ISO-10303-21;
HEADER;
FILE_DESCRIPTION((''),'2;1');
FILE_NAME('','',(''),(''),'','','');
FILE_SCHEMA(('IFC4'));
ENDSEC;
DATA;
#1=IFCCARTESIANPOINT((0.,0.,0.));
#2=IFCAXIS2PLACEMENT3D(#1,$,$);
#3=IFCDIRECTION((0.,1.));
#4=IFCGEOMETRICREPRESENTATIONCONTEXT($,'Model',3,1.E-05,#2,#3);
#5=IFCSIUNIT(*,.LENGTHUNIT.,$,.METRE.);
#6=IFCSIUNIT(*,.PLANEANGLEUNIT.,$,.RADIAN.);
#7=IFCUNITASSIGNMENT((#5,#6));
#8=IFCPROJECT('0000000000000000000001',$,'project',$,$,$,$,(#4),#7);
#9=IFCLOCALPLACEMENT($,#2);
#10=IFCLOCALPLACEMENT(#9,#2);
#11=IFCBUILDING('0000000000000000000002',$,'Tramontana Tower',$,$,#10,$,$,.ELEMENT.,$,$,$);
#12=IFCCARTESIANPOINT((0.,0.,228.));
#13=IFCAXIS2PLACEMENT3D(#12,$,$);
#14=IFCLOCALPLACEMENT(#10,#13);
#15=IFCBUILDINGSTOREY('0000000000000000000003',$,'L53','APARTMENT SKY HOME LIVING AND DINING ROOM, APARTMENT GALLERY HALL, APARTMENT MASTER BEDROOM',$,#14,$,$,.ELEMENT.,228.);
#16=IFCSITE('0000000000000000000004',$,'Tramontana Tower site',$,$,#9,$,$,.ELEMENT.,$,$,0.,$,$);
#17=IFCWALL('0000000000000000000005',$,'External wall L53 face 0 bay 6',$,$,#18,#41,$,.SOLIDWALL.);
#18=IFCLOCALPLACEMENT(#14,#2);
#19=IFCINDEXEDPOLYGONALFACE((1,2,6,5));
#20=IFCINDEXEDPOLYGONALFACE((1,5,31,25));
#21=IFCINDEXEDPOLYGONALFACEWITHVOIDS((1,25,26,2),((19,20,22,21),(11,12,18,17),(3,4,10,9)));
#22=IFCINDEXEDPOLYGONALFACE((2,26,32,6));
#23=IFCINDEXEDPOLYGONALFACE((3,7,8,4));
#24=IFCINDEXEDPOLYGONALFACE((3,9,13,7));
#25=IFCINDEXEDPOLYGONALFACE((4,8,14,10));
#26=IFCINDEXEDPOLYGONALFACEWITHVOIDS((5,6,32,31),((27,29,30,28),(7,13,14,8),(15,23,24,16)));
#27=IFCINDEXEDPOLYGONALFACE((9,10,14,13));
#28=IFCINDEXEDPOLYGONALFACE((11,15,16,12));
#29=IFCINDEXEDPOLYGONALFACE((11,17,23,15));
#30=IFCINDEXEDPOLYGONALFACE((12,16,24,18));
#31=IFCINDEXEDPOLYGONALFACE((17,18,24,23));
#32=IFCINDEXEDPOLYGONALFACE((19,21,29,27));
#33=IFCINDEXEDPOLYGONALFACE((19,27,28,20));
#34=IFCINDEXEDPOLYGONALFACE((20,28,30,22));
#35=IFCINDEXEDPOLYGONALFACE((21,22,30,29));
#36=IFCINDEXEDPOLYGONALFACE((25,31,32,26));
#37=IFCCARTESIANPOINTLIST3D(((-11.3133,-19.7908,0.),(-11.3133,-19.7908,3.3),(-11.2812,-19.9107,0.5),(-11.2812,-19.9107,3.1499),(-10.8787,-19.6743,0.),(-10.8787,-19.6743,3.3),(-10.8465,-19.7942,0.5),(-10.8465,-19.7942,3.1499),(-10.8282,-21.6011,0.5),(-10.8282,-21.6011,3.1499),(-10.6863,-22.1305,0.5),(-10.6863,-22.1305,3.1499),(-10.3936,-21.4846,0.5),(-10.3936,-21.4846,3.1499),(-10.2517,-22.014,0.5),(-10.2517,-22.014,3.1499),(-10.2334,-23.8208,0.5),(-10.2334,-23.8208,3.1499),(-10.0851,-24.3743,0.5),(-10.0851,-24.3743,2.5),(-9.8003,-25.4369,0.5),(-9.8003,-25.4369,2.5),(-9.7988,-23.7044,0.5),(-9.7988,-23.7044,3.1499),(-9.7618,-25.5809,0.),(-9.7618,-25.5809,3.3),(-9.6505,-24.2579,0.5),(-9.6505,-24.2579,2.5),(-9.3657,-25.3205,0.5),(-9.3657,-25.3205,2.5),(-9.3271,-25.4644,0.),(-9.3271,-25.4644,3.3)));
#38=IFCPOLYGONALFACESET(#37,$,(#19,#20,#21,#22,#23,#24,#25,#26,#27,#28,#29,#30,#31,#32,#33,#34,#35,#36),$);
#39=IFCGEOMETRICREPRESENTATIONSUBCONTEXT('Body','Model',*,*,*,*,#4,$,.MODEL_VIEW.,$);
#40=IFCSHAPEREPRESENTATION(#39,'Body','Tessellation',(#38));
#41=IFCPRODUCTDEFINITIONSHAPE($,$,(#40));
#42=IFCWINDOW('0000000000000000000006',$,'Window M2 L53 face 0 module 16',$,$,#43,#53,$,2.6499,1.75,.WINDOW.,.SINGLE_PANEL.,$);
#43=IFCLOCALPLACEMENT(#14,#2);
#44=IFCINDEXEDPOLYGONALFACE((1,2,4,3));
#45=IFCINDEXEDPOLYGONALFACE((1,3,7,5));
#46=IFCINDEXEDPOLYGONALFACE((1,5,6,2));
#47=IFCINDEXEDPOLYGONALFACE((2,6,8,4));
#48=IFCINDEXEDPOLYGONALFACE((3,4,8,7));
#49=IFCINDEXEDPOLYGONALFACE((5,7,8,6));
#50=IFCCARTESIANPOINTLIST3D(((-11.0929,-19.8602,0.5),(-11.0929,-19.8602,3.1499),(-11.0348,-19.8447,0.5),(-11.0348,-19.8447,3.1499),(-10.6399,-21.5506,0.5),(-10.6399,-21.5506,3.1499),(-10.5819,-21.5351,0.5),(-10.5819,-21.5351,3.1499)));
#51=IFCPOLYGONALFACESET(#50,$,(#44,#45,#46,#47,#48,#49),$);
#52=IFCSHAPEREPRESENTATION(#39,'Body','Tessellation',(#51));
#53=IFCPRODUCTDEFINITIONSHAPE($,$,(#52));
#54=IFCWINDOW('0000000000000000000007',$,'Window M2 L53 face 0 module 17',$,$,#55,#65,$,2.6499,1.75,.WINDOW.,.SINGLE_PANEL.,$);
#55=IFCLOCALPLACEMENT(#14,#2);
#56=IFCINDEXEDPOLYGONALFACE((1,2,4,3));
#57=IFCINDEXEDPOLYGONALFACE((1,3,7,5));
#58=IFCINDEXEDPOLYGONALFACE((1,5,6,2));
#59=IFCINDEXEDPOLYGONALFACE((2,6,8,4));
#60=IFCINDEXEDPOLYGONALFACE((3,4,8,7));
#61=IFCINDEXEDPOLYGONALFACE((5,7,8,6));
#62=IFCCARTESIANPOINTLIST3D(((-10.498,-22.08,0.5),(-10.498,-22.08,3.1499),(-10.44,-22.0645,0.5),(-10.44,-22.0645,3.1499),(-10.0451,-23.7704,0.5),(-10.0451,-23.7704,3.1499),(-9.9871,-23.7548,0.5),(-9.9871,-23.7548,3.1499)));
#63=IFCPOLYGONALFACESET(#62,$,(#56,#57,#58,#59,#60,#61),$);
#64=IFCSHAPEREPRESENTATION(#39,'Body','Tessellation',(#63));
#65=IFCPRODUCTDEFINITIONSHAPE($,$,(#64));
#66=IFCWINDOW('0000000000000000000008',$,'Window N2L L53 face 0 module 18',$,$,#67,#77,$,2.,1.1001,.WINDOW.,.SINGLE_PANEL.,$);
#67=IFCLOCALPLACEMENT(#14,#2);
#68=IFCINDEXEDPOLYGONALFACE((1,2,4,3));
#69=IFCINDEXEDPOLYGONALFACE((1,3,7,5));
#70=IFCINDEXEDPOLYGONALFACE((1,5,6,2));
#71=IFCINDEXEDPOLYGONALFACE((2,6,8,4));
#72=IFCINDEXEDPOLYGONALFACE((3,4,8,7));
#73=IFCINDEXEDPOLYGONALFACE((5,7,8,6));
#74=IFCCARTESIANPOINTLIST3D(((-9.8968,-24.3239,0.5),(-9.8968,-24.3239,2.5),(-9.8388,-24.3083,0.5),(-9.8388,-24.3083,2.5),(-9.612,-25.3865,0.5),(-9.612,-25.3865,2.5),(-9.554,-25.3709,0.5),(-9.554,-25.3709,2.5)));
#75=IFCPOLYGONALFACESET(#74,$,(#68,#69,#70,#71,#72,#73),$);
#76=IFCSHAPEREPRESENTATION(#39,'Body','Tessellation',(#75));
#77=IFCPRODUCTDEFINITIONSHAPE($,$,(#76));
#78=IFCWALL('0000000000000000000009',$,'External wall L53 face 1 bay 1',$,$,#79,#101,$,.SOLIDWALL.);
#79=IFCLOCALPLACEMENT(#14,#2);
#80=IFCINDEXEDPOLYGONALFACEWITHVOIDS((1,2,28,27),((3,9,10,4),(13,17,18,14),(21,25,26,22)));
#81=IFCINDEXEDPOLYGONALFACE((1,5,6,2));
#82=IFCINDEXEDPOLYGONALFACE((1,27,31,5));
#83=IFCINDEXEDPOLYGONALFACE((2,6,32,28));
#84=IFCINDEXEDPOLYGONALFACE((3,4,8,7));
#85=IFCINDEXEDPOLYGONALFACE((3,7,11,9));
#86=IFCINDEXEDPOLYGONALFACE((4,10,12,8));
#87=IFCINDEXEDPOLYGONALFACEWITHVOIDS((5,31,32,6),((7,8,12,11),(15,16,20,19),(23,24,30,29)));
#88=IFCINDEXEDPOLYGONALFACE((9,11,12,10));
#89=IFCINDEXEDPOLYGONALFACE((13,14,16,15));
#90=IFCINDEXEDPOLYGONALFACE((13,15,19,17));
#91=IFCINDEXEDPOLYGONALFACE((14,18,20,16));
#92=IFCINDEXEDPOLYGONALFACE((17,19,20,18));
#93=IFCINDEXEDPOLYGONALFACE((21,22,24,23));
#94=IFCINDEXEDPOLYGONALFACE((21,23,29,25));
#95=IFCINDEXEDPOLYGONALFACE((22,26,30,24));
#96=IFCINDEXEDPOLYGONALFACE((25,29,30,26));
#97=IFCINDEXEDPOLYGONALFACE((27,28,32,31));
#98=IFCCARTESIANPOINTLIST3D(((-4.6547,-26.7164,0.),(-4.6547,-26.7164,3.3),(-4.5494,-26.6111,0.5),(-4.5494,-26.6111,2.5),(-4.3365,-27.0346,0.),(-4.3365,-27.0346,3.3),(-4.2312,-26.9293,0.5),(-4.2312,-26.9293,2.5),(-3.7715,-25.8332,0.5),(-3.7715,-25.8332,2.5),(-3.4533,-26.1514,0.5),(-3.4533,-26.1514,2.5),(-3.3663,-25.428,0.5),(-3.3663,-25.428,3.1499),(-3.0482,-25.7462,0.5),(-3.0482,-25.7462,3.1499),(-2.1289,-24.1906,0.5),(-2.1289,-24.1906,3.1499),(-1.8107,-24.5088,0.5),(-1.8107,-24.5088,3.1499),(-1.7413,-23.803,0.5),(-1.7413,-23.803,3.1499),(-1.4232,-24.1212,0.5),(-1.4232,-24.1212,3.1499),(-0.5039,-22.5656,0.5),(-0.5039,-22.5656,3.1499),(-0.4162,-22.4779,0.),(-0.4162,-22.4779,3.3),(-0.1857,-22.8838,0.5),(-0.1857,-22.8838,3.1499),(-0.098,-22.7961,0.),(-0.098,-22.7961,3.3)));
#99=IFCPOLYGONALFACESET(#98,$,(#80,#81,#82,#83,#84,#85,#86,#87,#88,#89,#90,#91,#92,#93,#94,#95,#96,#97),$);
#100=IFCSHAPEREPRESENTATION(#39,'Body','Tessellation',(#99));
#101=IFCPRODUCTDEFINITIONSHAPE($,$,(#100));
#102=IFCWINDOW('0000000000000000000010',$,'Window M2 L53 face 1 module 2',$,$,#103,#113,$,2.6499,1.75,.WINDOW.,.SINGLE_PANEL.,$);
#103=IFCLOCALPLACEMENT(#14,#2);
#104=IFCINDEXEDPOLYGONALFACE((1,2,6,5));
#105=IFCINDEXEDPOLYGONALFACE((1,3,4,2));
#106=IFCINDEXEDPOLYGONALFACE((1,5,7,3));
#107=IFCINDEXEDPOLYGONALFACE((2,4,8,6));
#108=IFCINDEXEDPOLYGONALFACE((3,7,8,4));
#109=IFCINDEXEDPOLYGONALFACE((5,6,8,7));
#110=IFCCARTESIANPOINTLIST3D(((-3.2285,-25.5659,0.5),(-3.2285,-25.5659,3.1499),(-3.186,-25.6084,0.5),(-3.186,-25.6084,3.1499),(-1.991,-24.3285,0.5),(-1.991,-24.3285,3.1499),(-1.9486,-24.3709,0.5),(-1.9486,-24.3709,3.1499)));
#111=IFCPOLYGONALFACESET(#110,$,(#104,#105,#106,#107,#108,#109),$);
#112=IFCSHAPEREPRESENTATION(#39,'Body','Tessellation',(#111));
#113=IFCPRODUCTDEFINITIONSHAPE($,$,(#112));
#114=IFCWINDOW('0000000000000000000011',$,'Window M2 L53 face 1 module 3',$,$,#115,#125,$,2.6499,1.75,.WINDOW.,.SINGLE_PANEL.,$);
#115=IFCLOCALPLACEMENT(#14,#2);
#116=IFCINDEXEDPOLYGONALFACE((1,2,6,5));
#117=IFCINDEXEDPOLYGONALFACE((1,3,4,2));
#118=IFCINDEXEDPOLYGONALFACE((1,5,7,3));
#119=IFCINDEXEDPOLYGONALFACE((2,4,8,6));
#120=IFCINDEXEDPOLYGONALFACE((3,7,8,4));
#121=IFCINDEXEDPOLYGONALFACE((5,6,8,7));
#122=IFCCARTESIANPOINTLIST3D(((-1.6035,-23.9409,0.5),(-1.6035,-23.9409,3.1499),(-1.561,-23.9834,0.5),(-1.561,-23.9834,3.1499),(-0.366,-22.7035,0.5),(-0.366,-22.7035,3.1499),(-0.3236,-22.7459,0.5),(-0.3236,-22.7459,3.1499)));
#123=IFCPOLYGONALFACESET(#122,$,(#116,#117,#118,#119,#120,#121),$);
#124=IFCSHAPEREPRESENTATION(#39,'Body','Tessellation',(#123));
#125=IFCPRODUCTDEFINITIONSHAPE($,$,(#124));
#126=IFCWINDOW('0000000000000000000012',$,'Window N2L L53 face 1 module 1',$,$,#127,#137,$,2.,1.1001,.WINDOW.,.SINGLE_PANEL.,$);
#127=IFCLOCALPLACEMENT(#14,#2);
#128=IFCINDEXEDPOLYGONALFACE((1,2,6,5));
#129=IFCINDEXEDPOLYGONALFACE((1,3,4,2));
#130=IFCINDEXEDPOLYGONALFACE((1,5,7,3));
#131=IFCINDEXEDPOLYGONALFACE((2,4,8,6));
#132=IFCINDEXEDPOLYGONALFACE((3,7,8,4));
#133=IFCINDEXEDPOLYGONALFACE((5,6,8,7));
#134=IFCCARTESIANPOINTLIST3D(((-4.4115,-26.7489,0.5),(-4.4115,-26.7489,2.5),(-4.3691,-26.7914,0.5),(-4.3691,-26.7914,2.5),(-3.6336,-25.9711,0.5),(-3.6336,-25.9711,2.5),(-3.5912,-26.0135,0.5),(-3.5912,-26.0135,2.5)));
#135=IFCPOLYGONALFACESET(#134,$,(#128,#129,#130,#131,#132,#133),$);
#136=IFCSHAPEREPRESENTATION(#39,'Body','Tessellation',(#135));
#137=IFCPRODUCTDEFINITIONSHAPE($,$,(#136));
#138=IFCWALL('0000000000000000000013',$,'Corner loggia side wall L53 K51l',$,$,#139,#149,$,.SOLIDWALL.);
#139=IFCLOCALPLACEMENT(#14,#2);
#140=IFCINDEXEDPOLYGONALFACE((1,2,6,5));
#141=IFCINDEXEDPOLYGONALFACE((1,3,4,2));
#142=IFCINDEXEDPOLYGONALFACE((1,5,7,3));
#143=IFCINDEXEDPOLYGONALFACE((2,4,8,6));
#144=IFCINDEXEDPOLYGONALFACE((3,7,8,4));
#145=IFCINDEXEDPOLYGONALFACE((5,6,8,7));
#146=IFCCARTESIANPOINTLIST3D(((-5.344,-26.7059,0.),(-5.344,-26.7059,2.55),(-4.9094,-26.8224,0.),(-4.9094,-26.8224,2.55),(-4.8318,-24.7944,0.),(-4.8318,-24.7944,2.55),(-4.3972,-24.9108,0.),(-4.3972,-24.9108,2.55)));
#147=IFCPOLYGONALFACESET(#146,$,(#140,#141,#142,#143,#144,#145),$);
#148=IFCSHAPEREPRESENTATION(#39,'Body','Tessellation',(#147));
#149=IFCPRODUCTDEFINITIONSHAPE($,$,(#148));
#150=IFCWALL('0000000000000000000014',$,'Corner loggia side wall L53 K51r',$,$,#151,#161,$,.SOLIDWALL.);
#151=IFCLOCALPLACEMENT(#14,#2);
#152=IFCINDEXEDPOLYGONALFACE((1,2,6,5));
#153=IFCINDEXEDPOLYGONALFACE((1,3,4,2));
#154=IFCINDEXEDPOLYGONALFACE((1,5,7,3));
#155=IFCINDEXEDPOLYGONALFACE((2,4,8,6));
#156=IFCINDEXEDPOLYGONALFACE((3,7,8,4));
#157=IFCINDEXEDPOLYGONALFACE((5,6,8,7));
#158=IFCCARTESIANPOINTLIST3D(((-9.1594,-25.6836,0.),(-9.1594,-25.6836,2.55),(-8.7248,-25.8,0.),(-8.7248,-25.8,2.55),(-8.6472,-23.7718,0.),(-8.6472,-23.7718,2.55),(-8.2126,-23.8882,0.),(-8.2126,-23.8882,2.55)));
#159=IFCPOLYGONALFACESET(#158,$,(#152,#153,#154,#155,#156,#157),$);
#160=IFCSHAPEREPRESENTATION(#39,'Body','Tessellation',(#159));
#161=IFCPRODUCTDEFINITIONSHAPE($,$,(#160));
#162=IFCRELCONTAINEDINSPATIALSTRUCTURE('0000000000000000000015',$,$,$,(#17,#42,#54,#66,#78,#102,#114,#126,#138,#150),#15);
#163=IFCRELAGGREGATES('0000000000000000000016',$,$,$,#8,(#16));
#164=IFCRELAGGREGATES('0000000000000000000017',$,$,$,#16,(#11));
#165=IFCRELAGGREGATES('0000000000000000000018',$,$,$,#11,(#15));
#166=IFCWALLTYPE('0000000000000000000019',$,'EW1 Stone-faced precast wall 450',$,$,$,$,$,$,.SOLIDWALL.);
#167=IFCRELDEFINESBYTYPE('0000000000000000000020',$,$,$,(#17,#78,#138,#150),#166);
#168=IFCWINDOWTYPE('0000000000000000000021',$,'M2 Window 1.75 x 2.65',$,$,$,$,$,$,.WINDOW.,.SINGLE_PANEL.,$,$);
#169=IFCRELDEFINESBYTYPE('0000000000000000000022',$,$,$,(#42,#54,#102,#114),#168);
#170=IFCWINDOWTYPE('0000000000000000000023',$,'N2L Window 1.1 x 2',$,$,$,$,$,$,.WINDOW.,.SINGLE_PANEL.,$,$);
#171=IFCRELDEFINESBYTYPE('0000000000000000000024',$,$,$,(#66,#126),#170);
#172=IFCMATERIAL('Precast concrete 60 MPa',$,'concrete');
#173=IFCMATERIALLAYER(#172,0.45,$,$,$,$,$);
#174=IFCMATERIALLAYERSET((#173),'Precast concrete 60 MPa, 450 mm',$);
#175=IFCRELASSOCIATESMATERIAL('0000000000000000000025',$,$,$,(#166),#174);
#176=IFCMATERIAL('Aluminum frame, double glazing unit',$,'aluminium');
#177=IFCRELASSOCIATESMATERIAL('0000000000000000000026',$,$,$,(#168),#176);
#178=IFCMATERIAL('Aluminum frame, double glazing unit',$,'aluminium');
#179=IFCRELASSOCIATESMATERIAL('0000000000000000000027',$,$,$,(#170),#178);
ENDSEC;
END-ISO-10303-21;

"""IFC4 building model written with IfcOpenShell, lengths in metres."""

from ifc_helpers import new_model, si_unit, direction, frame, frame_2d, origin, place, context, subcontext, project, spatial, rectangle, extrude, material, layer, layer_set, type_object, element, fill, save


model = new_model("IFC4")

# Units and contexts
model_context = context("Model", 3, precision=1e-05, world=origin(), true_north=direction((0.0, 1.0)))
body_context = subcontext(model_context, "Body", "Model", "MODEL_VIEW")
ifc_project = project(units=[si_unit("LENGTHUNIT", "METRE"), si_unit("PLANEANGLEUNIT", "RADIAN")], contexts=[model_context])

# Site, building, storey
site_placement = place(None, origin())
site = spatial("IfcSite", under=ifc_project, at=site_placement, Name="Tramontana Tower site", CompositionType="ELEMENT", RefElevation=0.0)
building_placement = place(site_placement, origin())
building = spatial("IfcBuilding", under=site, at=building_placement, Name="Tramontana Tower", CompositionType="ELEMENT")
storey_placement = place(building_placement, frame((0.0, 0.0, 228.0)))
storey = spatial("IfcBuildingStorey", under=building, at=storey_placement, Name="L53", Description="APARTMENT SKY HOME LIVING AND DINING ROOM, APARTMENT GALLERY HALL, APARTMENT MASTER BEDROOM", CompositionType="ELEMENT", Elevation=228.0)

# Walls, openings, windows
ifc_material_1 = material(Name="Precast concrete 60 MPa", Category="concrete")
ifc_layer_1 = layer(ifc_material_1, 0.45)
ifc_layer_set_1 = layer_set([ifc_layer_1], Name="Precast concrete 60 MPa, 450 mm")
wall_type_1 = type_object("IfcWallType", Name="EW1 Stone-faced precast wall 450", PredefinedType="SOLIDWALL", material=ifc_layer_set_1)
wall_1_placement = place(storey_placement, frame((-11.0959, -19.7327, 0.0), z_axis=(0.0, 0.0, 1.0), x_axis=(0.258831, -0.965923, 0.0)))
wall_1 = element("IfcWall", 1, at=wall_1_placement, inside=storey, type_object=wall_type_1, Name="External wall L53 face 0 bay 6", PredefinedType="SOLIDWALL", context=body_context, shape_type="SweptSolid", body=[
    extrude(rectangle(XDim=5.9944, YDim=0.45, at=frame_2d((2.9971, 0.0))), origin(), (0.0, 0.0, 1.0), 3.3),
])
opening_1_placement = place(wall_1_placement, frame((0.124, 0.0, 0.5)))
opening_1 = element("IfcOpeningElement", 2, at=opening_1_placement, cuts=wall_1, PredefinedType="OPENING", context=body_context, shape_type="SweptSolid", body=[
    extrude(rectangle(XDim=1.75, YDim=2.6499, at=frame_2d((0.875, 1.325))), frame((0.0, 0.2349, 0.0), z_axis=(0.0, -1.0, 0.0), x_axis=(1.0, 0.0, 0.0)), (0.0, 0.0, 1.0), 0.47),
])
opening_2_placement = place(wall_1_placement, frame((2.4221, 0.0, 0.5)))
opening_2 = element("IfcOpeningElement", 3, at=opening_2_placement, cuts=wall_1, PredefinedType="OPENING", context=body_context, shape_type="SweptSolid", body=[
    extrude(rectangle(XDim=1.75, YDim=2.6499, at=frame_2d((0.875, 1.325))), frame((0.0, 0.2349, 0.0), z_axis=(0.0, -1.0, 0.0), x_axis=(1.0, 0.0, 0.0)), (0.0, 0.0, 1.0), 0.47),
])
opening_3_placement = place(wall_1_placement, frame((4.7451, 0.0, 0.5)))
opening_3 = element("IfcOpeningElement", 4, at=opening_3_placement, cuts=wall_1, PredefinedType="OPENING", context=body_context, shape_type="SweptSolid", body=[
    extrude(rectangle(XDim=1.1001, YDim=2.0, at=frame_2d((0.55, 1.0))), frame((0.0, 0.2349, 0.0), z_axis=(0.0, -1.0, 0.0), x_axis=(1.0, 0.0, 0.0)), (0.0, 0.0, 1.0), 0.47),
])
ifc_material_2 = material(Name="Aluminum frame, double glazing unit", Category="aluminium")
window_type_1 = type_object("IfcWindowType", Name="M2 Window 1.75 x 2.65", PartitioningType="SINGLE_PANEL", PredefinedType="WINDOW", material=ifc_material_2)
window_1_placement = place(opening_1_placement, origin())
window_1 = element("IfcWindow", 5, at=window_1_placement, inside=storey, type_object=window_type_1, Name="Window M2 L53 face 0 module 16", OverallHeight=2.6499, OverallWidth=1.75, PartitioningType="SINGLE_PANEL", PredefinedType="WINDOW", context=body_context, shape_type="SweptSolid", body=[
    extrude(rectangle(XDim=1.75, YDim=2.6499, at=frame_2d((0.875, 1.325))), frame((0.0, 0.03, 0.0), z_axis=(0.0, -1.0, 0.0), x_axis=(1.0, 0.0, 0.0)), (0.0, 0.0, 1.0), 0.0601),
])
fill(opening_1, window_1)
window_2_placement = place(opening_2_placement, origin())
window_2 = element("IfcWindow", 6, at=window_2_placement, inside=storey, type_object=window_type_1, Name="Window M2 L53 face 0 module 17", OverallHeight=2.6499, OverallWidth=1.75, PartitioningType="SINGLE_PANEL", PredefinedType="WINDOW", context=body_context, shape_type="SweptSolid", body=[
    extrude(rectangle(XDim=1.75, YDim=2.6499, at=frame_2d((0.875, 1.325))), frame((0.0, 0.03, 0.0), z_axis=(0.0, -1.0, 0.0), x_axis=(1.0, 0.0, 0.0)), (0.0, 0.0, 1.0), 0.0601),
])
fill(opening_2, window_2)
ifc_material_3 = material(Name="Aluminum frame, double glazing unit", Category="aluminium")
window_type_2 = type_object("IfcWindowType", Name="N2L Window 1.1 x 2", PartitioningType="SINGLE_PANEL", PredefinedType="WINDOW", material=ifc_material_3)
window_3_placement = place(opening_3_placement, origin())
window_3 = element("IfcWindow", 7, at=window_3_placement, inside=storey, type_object=window_type_2, Name="Window N2L L53 face 0 module 18", OverallHeight=2.0, OverallWidth=1.1001, PartitioningType="SINGLE_PANEL", PredefinedType="WINDOW", context=body_context, shape_type="SweptSolid", body=[
    extrude(rectangle(XDim=1.1001, YDim=2.0, at=frame_2d((0.55, 1.0))), frame((0.0, 0.03, 0.0), z_axis=(0.0, -1.0, 0.0), x_axis=(1.0, 0.0, 0.0)), (0.0, 0.0, 1.0), 0.0601),
])
fill(opening_3, window_3)
wall_2_placement = place(storey_placement, frame((-4.4956, -26.8755, 0.0), z_axis=(0.0, 0.0, 1.0), x_axis=(0.707107, 0.707107, 0.0)))
wall_2 = element("IfcWall", 8, at=wall_2_placement, inside=storey, type_object=wall_type_1, Name="External wall L53 face 1 bay 1", PredefinedType="SOLIDWALL", context=body_context, shape_type="SweptSolid", body=[
    extrude(rectangle(XDim=5.9941, YDim=0.45, at=frame_2d((2.9971, 0.0))), origin(), (0.0, 0.0, 1.0), 3.3),
])
opening_4_placement = place(wall_2_placement, frame((0.1489, 0.0, 0.5)))
opening_4 = element("IfcOpeningElement", 9, at=opening_4_placement, cuts=wall_2, PredefinedType="OPENING", context=body_context, shape_type="SweptSolid", body=[
    extrude(rectangle(XDim=1.1001, YDim=2.0, at=frame_2d((0.55, 1.0))), frame((0.0, 0.2349, 0.0), z_axis=(0.0, -1.0, 0.0), x_axis=(1.0, 0.0, 0.0)), (0.0, 0.0, 1.0), 0.47),
])
opening_5_placement = place(wall_2_placement, frame((1.822, 0.0, 0.5)))
opening_5 = element("IfcOpeningElement", 10, at=opening_5_placement, cuts=wall_2, PredefinedType="OPENING", context=body_context, shape_type="SweptSolid", body=[
    extrude(rectangle(XDim=1.75, YDim=2.6499, at=frame_2d((0.875, 1.325))), frame((0.0, 0.2349, 0.0), z_axis=(0.0, -1.0, 0.0), x_axis=(1.0, 0.0, 0.0)), (0.0, 0.0, 1.0), 0.47),
])
opening_6_placement = place(wall_2_placement, frame((4.1201, 0.0, 0.5)))
opening_6 = element("IfcOpeningElement", 11, at=opening_6_placement, cuts=wall_2, PredefinedType="OPENING", context=body_context, shape_type="SweptSolid", body=[
    extrude(rectangle(XDim=1.75, YDim=2.6499, at=frame_2d((0.875, 1.325))), frame((0.0, 0.2349, 0.0), z_axis=(0.0, -1.0, 0.0), x_axis=(1.0, 0.0, 0.0)), (0.0, 0.0, 1.0), 0.47),
])
window_4_placement = place(opening_5_placement, origin())
window_4 = element("IfcWindow", 12, at=window_4_placement, inside=storey, type_object=window_type_1, Name="Window M2 L53 face 1 module 2", OverallHeight=2.6499, OverallWidth=1.75, PartitioningType="SINGLE_PANEL", PredefinedType="WINDOW", context=body_context, shape_type="SweptSolid", body=[
    extrude(rectangle(XDim=1.75, YDim=2.6499, at=frame_2d((0.875, 1.325))), frame((0.0, 0.03, 0.0), z_axis=(0.0, -1.0, 0.0), x_axis=(1.0, 0.0, 0.0)), (0.0, 0.0, 1.0), 0.0601),
])
fill(opening_5, window_4)
window_5_placement = place(opening_6_placement, origin())
window_5 = element("IfcWindow", 13, at=window_5_placement, inside=storey, type_object=window_type_1, Name="Window M2 L53 face 1 module 3", OverallHeight=2.6499, OverallWidth=1.75, PartitioningType="SINGLE_PANEL", PredefinedType="WINDOW", context=body_context, shape_type="SweptSolid", body=[
    extrude(rectangle(XDim=1.75, YDim=2.6499, at=frame_2d((0.875, 1.325))), frame((0.0, 0.03, 0.0), z_axis=(0.0, -1.0, 0.0), x_axis=(1.0, 0.0, 0.0)), (0.0, 0.0, 1.0), 0.0601),
])
fill(opening_6, window_5)
window_6_placement = place(opening_4_placement, origin())
window_6 = element("IfcWindow", 14, at=window_6_placement, inside=storey, type_object=window_type_2, Name="Window N2L L53 face 1 module 1", OverallHeight=2.0, OverallWidth=1.1001, PartitioningType="SINGLE_PANEL", PredefinedType="WINDOW", context=body_context, shape_type="SweptSolid", body=[
    extrude(rectangle(XDim=1.1001, YDim=2.0, at=frame_2d((0.55, 1.0))), frame((0.0, 0.03, 0.0), z_axis=(0.0, -1.0, 0.0), x_axis=(1.0, 0.0, 0.0)), (0.0, 0.0, 1.0), 0.0601),
])
fill(opening_4, window_6)

# Walls
wall_3_placement = place(storey_placement, frame((-5.1267, -26.7642, 0.0), z_axis=(0.0, 0.0, 1.0), x_axis=(0.258814, 0.965927, 0.0)))
element("IfcWall", 15, at=wall_3_placement, inside=storey, type_object=wall_type_1, Name="Corner loggia side wall L53 K51l", PredefinedType="SOLIDWALL", context=body_context, shape_type="SweptSolid", body=[
    extrude(rectangle(XDim=1.979, YDim=0.45, at=frame_2d((0.9895, 0.0))), origin(), (0.0, 0.0, 1.0), 2.55),
])
wall_4_placement = place(storey_placement, frame((-8.9421, -25.7419, 0.0), z_axis=(0.0, 0.0, 1.0), x_axis=(0.258783, 0.965935, 0.0)))
element("IfcWall", 16, at=wall_4_placement, inside=storey, type_object=wall_type_1, Name="Corner loggia side wall L53 K51r", PredefinedType="SOLIDWALL", context=body_context, shape_type="SweptSolid", body=[
    extrude(rectangle(XDim=1.9792, YDim=0.45, at=frame_2d((0.9897, 0.0))), origin(), (0.0, 0.0, 1.0), 2.55),
])

save(model, "model.ifc")
